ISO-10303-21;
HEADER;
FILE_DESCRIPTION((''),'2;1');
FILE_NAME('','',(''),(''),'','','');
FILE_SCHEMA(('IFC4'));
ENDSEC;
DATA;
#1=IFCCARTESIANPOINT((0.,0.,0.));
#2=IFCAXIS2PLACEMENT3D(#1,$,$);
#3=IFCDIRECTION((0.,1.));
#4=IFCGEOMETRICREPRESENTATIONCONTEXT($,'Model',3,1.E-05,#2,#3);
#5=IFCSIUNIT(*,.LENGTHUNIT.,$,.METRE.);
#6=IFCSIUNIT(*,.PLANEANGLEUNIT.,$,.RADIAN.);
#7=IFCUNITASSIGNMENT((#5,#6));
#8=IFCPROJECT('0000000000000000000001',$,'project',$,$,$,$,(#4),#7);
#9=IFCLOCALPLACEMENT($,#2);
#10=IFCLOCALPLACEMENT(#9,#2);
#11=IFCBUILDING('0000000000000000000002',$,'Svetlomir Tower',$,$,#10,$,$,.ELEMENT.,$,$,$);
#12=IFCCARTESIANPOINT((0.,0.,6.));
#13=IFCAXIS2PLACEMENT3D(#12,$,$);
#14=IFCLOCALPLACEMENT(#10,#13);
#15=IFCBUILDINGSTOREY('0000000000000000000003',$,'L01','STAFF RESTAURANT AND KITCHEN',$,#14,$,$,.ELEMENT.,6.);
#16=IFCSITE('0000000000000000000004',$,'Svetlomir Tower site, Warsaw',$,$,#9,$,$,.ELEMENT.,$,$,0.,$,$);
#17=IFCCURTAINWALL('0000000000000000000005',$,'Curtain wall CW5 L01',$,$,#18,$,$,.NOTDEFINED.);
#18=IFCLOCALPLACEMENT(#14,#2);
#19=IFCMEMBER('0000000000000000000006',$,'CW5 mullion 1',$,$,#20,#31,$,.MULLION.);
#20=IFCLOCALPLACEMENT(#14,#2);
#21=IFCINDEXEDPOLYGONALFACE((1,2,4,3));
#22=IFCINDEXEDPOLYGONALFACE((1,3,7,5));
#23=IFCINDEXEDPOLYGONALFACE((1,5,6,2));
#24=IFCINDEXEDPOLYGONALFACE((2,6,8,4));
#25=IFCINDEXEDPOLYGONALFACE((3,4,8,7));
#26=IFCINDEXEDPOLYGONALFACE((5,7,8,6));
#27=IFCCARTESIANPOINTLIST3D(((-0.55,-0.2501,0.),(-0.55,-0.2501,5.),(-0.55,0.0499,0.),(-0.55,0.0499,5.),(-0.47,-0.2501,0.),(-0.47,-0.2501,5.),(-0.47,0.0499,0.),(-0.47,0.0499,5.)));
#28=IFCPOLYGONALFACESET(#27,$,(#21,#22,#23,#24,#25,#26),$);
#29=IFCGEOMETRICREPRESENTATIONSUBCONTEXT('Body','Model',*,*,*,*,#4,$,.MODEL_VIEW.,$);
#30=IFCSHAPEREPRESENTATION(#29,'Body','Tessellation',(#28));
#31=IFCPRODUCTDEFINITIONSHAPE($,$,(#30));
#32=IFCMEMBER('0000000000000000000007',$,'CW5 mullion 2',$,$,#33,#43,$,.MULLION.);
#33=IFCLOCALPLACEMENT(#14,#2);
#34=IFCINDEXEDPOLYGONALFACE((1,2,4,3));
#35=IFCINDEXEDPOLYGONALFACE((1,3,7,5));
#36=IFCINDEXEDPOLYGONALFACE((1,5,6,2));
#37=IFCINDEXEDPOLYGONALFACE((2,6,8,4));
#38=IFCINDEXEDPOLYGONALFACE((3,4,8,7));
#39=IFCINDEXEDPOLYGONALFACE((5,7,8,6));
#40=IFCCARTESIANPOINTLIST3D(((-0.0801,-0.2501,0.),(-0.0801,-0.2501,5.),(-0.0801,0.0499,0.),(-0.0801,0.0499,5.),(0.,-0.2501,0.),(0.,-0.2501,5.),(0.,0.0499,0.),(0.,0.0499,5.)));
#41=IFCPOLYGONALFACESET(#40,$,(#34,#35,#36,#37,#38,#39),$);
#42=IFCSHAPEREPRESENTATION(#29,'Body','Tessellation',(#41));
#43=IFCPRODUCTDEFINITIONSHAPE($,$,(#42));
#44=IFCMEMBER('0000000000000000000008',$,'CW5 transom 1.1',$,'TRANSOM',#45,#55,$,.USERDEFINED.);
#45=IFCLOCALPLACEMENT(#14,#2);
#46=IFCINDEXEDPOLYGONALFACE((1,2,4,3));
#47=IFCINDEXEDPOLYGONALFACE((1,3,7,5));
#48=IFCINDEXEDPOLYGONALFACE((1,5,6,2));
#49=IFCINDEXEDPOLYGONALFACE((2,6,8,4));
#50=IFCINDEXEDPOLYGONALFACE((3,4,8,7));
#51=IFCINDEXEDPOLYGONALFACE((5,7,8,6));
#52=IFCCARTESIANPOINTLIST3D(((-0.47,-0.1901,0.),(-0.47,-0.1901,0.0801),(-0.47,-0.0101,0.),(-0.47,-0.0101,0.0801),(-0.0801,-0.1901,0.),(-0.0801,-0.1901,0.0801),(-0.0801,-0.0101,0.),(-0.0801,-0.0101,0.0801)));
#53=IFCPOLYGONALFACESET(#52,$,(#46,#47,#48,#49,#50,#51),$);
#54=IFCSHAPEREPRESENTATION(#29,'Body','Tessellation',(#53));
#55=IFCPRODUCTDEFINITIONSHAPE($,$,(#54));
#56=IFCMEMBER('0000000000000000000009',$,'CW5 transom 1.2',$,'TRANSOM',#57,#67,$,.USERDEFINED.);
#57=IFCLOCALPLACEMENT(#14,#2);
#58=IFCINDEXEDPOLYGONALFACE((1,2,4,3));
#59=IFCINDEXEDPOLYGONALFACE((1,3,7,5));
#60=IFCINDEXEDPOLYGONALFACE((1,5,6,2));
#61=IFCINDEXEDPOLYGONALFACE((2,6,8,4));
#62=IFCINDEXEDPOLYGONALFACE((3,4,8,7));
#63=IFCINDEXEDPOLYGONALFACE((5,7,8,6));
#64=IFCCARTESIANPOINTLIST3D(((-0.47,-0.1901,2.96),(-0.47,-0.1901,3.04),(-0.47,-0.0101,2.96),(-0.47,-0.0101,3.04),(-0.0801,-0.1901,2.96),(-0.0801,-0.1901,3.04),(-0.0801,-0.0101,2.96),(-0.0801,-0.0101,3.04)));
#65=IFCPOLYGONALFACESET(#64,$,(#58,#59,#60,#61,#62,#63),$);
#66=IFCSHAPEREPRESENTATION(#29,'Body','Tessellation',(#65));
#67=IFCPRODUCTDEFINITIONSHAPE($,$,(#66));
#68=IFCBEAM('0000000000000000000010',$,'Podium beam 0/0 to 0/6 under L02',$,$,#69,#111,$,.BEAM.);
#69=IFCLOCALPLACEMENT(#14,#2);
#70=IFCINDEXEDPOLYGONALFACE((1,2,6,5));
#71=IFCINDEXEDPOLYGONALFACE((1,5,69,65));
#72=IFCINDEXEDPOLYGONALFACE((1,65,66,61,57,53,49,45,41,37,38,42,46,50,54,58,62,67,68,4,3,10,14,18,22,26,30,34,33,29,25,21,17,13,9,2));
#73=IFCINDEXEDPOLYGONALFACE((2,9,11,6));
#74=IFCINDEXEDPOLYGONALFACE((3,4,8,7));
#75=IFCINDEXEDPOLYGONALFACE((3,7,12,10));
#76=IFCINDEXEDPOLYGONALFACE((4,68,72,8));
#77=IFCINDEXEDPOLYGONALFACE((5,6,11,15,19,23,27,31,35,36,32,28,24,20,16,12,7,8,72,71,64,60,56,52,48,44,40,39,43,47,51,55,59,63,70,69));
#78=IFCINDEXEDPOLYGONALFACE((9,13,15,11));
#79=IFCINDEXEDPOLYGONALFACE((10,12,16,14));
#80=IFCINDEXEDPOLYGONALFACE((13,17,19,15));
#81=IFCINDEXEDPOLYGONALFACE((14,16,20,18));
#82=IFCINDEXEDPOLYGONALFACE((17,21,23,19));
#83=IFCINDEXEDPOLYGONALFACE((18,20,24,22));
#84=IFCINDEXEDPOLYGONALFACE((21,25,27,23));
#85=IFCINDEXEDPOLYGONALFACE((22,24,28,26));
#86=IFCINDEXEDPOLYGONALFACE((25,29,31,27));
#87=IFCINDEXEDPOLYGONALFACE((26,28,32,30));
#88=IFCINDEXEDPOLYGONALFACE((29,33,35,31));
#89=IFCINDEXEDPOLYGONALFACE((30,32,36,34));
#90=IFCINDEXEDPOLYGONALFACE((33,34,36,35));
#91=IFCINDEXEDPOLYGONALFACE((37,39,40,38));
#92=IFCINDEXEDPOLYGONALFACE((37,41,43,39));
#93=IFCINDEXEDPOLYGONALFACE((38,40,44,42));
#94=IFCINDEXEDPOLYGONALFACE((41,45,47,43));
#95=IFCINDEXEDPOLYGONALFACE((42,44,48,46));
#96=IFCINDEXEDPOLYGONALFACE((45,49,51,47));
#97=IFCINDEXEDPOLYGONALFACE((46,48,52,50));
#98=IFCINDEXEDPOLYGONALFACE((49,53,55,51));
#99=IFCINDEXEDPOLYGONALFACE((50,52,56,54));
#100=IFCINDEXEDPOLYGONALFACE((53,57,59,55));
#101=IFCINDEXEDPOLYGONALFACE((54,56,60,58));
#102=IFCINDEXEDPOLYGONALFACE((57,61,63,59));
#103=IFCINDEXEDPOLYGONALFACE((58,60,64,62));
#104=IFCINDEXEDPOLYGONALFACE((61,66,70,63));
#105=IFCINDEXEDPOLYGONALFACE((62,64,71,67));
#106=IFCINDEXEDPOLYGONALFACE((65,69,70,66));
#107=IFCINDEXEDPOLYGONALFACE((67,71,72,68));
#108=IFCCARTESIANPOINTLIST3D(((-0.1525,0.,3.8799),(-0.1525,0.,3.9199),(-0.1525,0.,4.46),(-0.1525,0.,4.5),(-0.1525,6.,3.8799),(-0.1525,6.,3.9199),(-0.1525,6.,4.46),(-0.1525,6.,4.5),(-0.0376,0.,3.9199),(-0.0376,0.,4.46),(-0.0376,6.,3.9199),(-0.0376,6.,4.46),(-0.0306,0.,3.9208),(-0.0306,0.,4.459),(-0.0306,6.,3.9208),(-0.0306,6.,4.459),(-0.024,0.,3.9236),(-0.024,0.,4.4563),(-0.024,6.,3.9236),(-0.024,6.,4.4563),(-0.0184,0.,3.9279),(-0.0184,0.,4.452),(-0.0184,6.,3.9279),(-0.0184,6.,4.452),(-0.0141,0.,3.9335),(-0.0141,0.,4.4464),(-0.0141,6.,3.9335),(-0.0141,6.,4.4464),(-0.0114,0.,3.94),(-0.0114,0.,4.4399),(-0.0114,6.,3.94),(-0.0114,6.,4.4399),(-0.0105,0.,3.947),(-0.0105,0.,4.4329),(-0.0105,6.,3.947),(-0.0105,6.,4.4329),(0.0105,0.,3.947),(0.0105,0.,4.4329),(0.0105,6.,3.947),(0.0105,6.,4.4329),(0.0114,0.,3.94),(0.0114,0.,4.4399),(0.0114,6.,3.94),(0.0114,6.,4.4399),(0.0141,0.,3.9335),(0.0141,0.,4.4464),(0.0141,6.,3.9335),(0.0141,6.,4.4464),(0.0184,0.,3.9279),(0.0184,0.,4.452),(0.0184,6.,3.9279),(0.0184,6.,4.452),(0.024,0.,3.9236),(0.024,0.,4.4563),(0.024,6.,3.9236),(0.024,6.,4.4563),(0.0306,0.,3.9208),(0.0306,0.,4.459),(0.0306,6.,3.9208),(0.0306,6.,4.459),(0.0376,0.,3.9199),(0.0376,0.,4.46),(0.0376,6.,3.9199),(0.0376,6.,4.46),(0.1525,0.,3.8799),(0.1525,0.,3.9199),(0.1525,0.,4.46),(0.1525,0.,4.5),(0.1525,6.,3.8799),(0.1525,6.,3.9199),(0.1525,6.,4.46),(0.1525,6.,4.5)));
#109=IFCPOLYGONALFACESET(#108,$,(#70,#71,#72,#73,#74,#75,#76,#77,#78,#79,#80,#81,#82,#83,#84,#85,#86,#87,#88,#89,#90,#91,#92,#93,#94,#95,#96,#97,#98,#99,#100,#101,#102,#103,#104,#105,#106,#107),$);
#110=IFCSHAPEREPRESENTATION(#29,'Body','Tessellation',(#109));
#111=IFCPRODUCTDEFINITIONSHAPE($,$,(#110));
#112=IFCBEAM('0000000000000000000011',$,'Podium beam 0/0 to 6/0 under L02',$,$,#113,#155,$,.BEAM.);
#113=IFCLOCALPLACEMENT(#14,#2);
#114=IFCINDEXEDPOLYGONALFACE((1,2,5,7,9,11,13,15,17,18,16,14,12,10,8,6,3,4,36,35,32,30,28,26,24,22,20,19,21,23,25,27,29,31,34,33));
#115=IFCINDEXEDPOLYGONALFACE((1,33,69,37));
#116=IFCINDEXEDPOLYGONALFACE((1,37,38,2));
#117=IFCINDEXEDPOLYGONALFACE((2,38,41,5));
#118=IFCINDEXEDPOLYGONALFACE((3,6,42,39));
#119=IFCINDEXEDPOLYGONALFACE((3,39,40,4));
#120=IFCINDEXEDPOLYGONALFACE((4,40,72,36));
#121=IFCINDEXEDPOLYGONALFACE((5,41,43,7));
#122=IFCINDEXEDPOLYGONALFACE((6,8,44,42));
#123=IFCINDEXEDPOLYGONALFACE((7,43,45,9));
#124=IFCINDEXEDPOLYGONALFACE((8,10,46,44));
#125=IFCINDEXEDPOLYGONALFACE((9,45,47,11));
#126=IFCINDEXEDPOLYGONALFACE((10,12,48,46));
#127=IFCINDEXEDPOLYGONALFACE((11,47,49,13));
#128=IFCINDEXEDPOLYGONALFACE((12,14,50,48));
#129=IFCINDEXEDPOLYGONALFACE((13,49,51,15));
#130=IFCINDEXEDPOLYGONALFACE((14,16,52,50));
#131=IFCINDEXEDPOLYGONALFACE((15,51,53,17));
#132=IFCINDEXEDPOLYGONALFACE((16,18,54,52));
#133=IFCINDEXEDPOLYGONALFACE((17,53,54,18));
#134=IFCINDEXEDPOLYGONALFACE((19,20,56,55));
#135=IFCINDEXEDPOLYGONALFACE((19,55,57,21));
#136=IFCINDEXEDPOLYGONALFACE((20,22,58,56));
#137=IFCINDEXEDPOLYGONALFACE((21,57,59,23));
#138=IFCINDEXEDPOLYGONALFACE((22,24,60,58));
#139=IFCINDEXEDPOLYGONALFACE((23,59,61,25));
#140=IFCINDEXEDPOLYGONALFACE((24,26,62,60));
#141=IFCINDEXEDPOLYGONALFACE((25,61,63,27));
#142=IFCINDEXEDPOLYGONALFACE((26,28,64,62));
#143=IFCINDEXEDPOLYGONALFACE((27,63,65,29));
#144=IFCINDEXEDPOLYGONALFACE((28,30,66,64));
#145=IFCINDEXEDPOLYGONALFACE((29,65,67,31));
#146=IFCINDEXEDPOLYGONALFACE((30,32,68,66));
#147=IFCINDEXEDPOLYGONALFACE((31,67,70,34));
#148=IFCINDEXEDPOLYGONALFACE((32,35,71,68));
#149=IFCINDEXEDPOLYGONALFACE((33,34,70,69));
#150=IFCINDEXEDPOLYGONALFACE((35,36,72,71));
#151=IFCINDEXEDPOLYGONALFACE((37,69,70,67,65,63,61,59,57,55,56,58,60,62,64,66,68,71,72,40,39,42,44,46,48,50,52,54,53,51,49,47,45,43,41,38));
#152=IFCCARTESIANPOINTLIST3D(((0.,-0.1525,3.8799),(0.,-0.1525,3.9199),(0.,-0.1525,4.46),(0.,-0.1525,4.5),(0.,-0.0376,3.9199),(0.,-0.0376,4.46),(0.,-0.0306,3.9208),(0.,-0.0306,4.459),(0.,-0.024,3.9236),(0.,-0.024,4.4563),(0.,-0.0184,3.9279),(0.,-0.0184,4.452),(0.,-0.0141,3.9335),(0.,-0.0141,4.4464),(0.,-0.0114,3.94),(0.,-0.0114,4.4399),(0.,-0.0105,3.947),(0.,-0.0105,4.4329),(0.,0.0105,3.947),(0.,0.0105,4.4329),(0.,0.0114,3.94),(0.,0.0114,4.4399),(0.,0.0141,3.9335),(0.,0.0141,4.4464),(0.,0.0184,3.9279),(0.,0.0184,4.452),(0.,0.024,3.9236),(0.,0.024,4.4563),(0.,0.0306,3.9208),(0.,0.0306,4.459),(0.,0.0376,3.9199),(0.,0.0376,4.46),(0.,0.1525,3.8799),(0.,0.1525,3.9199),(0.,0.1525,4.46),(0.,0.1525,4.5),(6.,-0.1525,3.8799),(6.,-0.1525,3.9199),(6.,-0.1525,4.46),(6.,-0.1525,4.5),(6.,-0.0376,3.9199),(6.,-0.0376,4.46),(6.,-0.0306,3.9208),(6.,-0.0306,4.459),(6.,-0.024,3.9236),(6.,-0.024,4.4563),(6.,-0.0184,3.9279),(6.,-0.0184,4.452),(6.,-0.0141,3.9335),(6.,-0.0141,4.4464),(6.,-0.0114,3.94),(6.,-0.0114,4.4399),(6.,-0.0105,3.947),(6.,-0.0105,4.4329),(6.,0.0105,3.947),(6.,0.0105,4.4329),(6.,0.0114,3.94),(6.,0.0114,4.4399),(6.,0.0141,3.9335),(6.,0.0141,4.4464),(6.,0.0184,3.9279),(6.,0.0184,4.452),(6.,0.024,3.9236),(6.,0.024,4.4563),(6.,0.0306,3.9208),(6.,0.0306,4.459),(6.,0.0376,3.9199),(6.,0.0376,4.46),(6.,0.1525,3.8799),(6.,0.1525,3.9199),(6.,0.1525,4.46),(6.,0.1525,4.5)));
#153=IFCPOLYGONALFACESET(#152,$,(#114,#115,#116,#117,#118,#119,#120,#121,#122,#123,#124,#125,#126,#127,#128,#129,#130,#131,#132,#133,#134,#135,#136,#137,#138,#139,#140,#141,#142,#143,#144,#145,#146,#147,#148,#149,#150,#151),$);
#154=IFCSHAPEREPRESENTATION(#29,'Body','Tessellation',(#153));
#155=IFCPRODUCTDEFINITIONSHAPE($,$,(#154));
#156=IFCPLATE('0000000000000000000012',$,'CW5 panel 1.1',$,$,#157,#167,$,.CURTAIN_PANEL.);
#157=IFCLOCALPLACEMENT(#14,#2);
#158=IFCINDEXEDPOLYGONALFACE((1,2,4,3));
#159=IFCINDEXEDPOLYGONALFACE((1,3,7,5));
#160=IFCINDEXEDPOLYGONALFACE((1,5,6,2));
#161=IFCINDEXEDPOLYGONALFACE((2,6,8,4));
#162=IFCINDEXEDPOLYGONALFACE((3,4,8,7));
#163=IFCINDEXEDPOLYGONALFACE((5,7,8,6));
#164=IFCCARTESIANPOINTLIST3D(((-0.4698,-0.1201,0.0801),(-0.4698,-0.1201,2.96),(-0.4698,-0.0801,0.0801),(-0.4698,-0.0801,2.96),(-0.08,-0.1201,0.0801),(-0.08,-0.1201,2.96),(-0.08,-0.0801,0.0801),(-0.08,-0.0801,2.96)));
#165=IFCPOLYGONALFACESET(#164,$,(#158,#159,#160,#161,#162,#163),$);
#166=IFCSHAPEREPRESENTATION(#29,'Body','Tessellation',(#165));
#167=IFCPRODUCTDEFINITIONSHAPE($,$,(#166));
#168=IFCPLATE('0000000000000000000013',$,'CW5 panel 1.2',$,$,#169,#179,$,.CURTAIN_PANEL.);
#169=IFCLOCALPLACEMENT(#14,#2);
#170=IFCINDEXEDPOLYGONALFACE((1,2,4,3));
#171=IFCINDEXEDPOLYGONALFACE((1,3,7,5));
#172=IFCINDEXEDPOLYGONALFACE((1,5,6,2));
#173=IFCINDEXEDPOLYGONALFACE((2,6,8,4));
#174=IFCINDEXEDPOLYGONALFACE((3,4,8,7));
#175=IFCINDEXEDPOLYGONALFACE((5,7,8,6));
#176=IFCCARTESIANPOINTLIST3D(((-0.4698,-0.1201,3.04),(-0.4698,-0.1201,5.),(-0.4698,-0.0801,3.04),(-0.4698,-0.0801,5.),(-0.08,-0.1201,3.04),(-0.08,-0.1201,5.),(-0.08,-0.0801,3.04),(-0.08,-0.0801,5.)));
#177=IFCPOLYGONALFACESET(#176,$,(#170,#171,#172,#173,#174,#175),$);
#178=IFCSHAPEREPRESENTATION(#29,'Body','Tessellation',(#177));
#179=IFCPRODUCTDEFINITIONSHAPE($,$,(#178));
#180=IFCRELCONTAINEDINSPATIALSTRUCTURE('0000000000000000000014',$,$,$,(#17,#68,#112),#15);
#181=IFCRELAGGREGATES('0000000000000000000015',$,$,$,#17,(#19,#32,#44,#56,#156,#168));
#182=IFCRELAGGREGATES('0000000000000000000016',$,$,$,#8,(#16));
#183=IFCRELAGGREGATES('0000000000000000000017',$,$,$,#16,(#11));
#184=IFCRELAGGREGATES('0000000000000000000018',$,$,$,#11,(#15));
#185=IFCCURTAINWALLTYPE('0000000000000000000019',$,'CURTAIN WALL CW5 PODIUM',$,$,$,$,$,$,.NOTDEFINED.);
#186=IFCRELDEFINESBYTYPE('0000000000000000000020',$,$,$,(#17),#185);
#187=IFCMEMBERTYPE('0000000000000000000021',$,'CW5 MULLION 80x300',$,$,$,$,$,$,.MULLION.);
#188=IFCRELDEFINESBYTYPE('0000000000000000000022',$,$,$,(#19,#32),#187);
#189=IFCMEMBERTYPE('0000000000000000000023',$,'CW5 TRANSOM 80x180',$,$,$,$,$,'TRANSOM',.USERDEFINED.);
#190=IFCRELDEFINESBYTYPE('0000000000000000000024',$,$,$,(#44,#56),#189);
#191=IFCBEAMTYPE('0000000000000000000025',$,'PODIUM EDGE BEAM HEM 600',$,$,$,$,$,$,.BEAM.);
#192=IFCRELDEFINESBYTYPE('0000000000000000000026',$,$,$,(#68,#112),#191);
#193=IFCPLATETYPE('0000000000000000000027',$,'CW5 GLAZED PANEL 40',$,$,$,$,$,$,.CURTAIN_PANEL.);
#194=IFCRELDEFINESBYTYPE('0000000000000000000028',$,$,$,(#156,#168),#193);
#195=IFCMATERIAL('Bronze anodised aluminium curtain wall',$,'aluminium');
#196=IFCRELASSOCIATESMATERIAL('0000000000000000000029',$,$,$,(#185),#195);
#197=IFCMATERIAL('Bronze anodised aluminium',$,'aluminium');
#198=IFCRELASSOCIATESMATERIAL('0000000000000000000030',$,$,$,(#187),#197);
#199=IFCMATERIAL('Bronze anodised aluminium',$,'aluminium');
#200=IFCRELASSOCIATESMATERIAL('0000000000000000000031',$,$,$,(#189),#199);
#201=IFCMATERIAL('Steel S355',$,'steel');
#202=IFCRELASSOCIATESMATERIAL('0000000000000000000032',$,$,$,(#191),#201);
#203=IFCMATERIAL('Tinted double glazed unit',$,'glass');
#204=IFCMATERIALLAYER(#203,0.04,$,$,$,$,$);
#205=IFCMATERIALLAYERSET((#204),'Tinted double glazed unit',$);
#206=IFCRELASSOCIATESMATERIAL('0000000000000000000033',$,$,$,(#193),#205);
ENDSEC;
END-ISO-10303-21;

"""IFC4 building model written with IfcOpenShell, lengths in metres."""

from ifc_helpers import new_model, si_unit, direction, frame, origin, origin_2d, place, context, subcontext, project, spatial, rectangle, i_section, extrude, material, layer, layer_set, material_profile, profile_set, type_object, element, aggregate, save


model = new_model("IFC4")

# Units and contexts
model_context = context("Model", 3, precision=1e-05, world=origin(), true_north=direction((0.0, 1.0)))
body_context = subcontext(model_context, "Body", "Model", "MODEL_VIEW")
ifc_project = project(units=[si_unit("LENGTHUNIT", "METRE"), si_unit("PLANEANGLEUNIT", "RADIAN")], contexts=[model_context])

# Site, building, storey
site_placement = place(None, origin())
site = spatial("IfcSite", under=ifc_project, at=site_placement, Name="Svetlomir Tower site, Warsaw", CompositionType="ELEMENT", RefElevation=0.0)
building_placement = place(site_placement, origin())
building = spatial("IfcBuilding", under=site, at=building_placement, Name="Svetlomir Tower", CompositionType="ELEMENT")
storey_placement = place(building_placement, frame((0.0, 0.0, 6.0)))
storey = spatial("IfcBuildingStorey", under=building, at=storey_placement, Name="L01", Description="STAFF RESTAURANT AND KITCHEN", CompositionType="ELEMENT", Elevation=6.0)

# Curtain wall, members
ifc_material_1 = material(Name="Bronze anodised aluminium curtain wall", Category="aluminium")
curtain_wall_type = type_object("IfcCurtainWallType", Name="CURTAIN WALL CW5 PODIUM", PredefinedType="NOTDEFINED", material=ifc_material_1)
curtain_wall_placement = place(storey_placement, origin())
curtain_wall = element("IfcCurtainWall", 1, at=curtain_wall_placement, inside=storey, type_object=curtain_wall_type, Name="Curtain wall CW5 L01", PredefinedType="NOTDEFINED")
ifc_material_2 = material(Name="Bronze anodised aluminium", Category="aluminium")
ifc_material_profile_1 = material_profile(ifc_material_2, rectangle(XDim=0.0801, YDim=0.3, at=origin_2d()), Name="AL 80x300")
ifc_profile_set_1 = profile_set([ifc_material_profile_1], Name="Bronze anodised aluminium 6063-T6")
member_type_1 = type_object("IfcMemberType", Name="CW5 MULLION 80x300", PredefinedType="MULLION", material=ifc_profile_set_1)
member_1_placement = place(storey_placement, frame((-0.51, -0.1001, 0.0), z_axis=(0.0, 0.0, 1.0), x_axis=(1.0, 0.0, 0.0)))
member_1 = element("IfcMember", 2, at=member_1_placement, type_object=member_type_1, Name="CW5 mullion 1", PredefinedType="MULLION", context=body_context, shape_type="SweptSolid", body=[
    extrude(rectangle(XDim=0.0801, YDim=0.3, at=origin_2d()), origin(), (0.0, 0.0, 1.0), 5.0),
])
member_2_placement = place(storey_placement, frame((-0.04, -0.1001, 0.0), z_axis=(0.0, 0.0, 1.0), x_axis=(1.0, 0.0, 0.0)))
member_2 = element("IfcMember", 3, at=member_2_placement, type_object=member_type_1, Name="CW5 mullion 2", PredefinedType="MULLION", context=body_context, shape_type="SweptSolid", body=[
    extrude(rectangle(XDim=0.0801, YDim=0.3, at=origin_2d()), origin(), (0.0, 0.0, 1.0), 5.0),
])
ifc_material_3 = material(Name="Bronze anodised aluminium", Category="aluminium")
ifc_material_profile_2 = material_profile(ifc_material_3, rectangle(XDim=0.1799, YDim=0.0801, at=origin_2d()), Name="AL 180x80")
ifc_profile_set_2 = profile_set([ifc_material_profile_2], Name="Bronze anodised aluminium 6063-T6")
member_type_2 = type_object("IfcMemberType", Name="CW5 TRANSOM 80x180", ElementType="TRANSOM", PredefinedType="USERDEFINED", material=ifc_profile_set_2)
member_3_placement = place(storey_placement, frame((-0.47, -0.1001, 0.04), z_axis=(1.0, 0.0, 0.0), x_axis=(0.0, 1.0, 0.0)))
member_3 = element("IfcMember", 4, at=member_3_placement, type_object=member_type_2, Name="CW5 transom 1.1", ObjectType="TRANSOM", PredefinedType="USERDEFINED", context=body_context, shape_type="SweptSolid", body=[
    extrude(rectangle(XDim=0.1799, YDim=0.0801, at=origin_2d()), origin(), (0.0, 0.0, 1.0), 0.3899),
])
member_4_placement = place(storey_placement, frame((-0.47, -0.1001, 3.0), z_axis=(1.0, 0.0, 0.0), x_axis=(0.0, 1.0, 0.0)))
member_4 = element("IfcMember", 5, at=member_4_placement, type_object=member_type_2, Name="CW5 transom 1.2", ObjectType="TRANSOM", PredefinedType="USERDEFINED", context=body_context, shape_type="SweptSolid", body=[
    extrude(rectangle(XDim=0.1799, YDim=0.0801, at=origin_2d()), origin(), (0.0, 0.0, 1.0), 0.3899),
])

# Beams
ifc_material_4 = material(Name="Steel S355", Category="steel")
ifc_material_profile_3 = material_profile(ifc_material_4, i_section(OverallWidth=0.3049, OverallDepth=0.6201, WebThickness=0.021, FlangeThickness=0.04, FilletRadius=0.0271, at=origin_2d()), Name="HEM 600")
ifc_profile_set_3 = profile_set([ifc_material_profile_3], Name="Steel S355")
beam_type = type_object("IfcBeamType", Name="PODIUM EDGE BEAM HEM 600", PredefinedType="BEAM", material=ifc_profile_set_3)
for number, where, z_axis, x_axis, name in (
    (6, (0.0, 0.0, 4.1899), (0.0, 1.0, 0.0), (-1.0, 0.0, 0.0), "Podium beam 0/0 to 0/6 under L02"),
    (7, (0.0, 0.0, 4.1899), (1.0, 0.0, 0.0), (0.0, 1.0, 0.0), "Podium beam 0/0 to 6/0 under L02"),
):
    element("IfcBeam", number, at=place(storey_placement, frame(where, z_axis=z_axis, x_axis=x_axis)), inside=storey, type_object=beam_type, Name=name, PredefinedType="BEAM", context=body_context, shape_type="SweptSolid", body=[
        extrude(i_section(OverallWidth=0.3049, OverallDepth=0.6201, WebThickness=0.021, FlangeThickness=0.04, FilletRadius=0.0271, at=origin_2d()), origin(), (0.0, 0.0, 1.0), 6.0),
    ])

# Plates
ifc_material_5 = material(Name="Tinted double glazed unit", Category="glass")
ifc_layer_1 = layer(ifc_material_5, 0.04)
ifc_layer_set_1 = layer_set([ifc_layer_1], Name="Tinted double glazed unit")
plate_type = type_object("IfcPlateType", Name="CW5 GLAZED PANEL 40", PredefinedType="CURTAIN_PANEL", material=ifc_layer_set_1)
plate_1_placement = place(storey_placement, frame((-0.2749, -0.1001, 0.0801), z_axis=(0.0, 0.0, 1.0), x_axis=(1.0, 0.0, 0.0)))
plate_1 = element("IfcPlate", 8, at=plate_1_placement, type_object=plate_type, Name="CW5 panel 1.1", PredefinedType="CURTAIN_PANEL", context=body_context, shape_type="SweptSolid", body=[
    extrude(rectangle(XDim=0.3899, YDim=0.04, at=origin_2d()), origin(), (0.0, 0.0, 1.0), 2.8799),
])
plate_2_placement = place(storey_placement, frame((-0.2749, -0.1001, 3.04), z_axis=(0.0, 0.0, 1.0), x_axis=(1.0, 0.0, 0.0)))
plate_2 = element("IfcPlate", 9, at=plate_2_placement, type_object=plate_type, Name="CW5 panel 1.2", PredefinedType="CURTAIN_PANEL", context=body_context, shape_type="SweptSolid", body=[
    extrude(rectangle(XDim=0.3899, YDim=0.04, at=origin_2d()), origin(), (0.0, 0.0, 1.0), 1.96),
])
aggregate(curtain_wall, [member_1, member_2, member_3, member_4, plate_1, plate_2])

save(model, "model.ifc")
